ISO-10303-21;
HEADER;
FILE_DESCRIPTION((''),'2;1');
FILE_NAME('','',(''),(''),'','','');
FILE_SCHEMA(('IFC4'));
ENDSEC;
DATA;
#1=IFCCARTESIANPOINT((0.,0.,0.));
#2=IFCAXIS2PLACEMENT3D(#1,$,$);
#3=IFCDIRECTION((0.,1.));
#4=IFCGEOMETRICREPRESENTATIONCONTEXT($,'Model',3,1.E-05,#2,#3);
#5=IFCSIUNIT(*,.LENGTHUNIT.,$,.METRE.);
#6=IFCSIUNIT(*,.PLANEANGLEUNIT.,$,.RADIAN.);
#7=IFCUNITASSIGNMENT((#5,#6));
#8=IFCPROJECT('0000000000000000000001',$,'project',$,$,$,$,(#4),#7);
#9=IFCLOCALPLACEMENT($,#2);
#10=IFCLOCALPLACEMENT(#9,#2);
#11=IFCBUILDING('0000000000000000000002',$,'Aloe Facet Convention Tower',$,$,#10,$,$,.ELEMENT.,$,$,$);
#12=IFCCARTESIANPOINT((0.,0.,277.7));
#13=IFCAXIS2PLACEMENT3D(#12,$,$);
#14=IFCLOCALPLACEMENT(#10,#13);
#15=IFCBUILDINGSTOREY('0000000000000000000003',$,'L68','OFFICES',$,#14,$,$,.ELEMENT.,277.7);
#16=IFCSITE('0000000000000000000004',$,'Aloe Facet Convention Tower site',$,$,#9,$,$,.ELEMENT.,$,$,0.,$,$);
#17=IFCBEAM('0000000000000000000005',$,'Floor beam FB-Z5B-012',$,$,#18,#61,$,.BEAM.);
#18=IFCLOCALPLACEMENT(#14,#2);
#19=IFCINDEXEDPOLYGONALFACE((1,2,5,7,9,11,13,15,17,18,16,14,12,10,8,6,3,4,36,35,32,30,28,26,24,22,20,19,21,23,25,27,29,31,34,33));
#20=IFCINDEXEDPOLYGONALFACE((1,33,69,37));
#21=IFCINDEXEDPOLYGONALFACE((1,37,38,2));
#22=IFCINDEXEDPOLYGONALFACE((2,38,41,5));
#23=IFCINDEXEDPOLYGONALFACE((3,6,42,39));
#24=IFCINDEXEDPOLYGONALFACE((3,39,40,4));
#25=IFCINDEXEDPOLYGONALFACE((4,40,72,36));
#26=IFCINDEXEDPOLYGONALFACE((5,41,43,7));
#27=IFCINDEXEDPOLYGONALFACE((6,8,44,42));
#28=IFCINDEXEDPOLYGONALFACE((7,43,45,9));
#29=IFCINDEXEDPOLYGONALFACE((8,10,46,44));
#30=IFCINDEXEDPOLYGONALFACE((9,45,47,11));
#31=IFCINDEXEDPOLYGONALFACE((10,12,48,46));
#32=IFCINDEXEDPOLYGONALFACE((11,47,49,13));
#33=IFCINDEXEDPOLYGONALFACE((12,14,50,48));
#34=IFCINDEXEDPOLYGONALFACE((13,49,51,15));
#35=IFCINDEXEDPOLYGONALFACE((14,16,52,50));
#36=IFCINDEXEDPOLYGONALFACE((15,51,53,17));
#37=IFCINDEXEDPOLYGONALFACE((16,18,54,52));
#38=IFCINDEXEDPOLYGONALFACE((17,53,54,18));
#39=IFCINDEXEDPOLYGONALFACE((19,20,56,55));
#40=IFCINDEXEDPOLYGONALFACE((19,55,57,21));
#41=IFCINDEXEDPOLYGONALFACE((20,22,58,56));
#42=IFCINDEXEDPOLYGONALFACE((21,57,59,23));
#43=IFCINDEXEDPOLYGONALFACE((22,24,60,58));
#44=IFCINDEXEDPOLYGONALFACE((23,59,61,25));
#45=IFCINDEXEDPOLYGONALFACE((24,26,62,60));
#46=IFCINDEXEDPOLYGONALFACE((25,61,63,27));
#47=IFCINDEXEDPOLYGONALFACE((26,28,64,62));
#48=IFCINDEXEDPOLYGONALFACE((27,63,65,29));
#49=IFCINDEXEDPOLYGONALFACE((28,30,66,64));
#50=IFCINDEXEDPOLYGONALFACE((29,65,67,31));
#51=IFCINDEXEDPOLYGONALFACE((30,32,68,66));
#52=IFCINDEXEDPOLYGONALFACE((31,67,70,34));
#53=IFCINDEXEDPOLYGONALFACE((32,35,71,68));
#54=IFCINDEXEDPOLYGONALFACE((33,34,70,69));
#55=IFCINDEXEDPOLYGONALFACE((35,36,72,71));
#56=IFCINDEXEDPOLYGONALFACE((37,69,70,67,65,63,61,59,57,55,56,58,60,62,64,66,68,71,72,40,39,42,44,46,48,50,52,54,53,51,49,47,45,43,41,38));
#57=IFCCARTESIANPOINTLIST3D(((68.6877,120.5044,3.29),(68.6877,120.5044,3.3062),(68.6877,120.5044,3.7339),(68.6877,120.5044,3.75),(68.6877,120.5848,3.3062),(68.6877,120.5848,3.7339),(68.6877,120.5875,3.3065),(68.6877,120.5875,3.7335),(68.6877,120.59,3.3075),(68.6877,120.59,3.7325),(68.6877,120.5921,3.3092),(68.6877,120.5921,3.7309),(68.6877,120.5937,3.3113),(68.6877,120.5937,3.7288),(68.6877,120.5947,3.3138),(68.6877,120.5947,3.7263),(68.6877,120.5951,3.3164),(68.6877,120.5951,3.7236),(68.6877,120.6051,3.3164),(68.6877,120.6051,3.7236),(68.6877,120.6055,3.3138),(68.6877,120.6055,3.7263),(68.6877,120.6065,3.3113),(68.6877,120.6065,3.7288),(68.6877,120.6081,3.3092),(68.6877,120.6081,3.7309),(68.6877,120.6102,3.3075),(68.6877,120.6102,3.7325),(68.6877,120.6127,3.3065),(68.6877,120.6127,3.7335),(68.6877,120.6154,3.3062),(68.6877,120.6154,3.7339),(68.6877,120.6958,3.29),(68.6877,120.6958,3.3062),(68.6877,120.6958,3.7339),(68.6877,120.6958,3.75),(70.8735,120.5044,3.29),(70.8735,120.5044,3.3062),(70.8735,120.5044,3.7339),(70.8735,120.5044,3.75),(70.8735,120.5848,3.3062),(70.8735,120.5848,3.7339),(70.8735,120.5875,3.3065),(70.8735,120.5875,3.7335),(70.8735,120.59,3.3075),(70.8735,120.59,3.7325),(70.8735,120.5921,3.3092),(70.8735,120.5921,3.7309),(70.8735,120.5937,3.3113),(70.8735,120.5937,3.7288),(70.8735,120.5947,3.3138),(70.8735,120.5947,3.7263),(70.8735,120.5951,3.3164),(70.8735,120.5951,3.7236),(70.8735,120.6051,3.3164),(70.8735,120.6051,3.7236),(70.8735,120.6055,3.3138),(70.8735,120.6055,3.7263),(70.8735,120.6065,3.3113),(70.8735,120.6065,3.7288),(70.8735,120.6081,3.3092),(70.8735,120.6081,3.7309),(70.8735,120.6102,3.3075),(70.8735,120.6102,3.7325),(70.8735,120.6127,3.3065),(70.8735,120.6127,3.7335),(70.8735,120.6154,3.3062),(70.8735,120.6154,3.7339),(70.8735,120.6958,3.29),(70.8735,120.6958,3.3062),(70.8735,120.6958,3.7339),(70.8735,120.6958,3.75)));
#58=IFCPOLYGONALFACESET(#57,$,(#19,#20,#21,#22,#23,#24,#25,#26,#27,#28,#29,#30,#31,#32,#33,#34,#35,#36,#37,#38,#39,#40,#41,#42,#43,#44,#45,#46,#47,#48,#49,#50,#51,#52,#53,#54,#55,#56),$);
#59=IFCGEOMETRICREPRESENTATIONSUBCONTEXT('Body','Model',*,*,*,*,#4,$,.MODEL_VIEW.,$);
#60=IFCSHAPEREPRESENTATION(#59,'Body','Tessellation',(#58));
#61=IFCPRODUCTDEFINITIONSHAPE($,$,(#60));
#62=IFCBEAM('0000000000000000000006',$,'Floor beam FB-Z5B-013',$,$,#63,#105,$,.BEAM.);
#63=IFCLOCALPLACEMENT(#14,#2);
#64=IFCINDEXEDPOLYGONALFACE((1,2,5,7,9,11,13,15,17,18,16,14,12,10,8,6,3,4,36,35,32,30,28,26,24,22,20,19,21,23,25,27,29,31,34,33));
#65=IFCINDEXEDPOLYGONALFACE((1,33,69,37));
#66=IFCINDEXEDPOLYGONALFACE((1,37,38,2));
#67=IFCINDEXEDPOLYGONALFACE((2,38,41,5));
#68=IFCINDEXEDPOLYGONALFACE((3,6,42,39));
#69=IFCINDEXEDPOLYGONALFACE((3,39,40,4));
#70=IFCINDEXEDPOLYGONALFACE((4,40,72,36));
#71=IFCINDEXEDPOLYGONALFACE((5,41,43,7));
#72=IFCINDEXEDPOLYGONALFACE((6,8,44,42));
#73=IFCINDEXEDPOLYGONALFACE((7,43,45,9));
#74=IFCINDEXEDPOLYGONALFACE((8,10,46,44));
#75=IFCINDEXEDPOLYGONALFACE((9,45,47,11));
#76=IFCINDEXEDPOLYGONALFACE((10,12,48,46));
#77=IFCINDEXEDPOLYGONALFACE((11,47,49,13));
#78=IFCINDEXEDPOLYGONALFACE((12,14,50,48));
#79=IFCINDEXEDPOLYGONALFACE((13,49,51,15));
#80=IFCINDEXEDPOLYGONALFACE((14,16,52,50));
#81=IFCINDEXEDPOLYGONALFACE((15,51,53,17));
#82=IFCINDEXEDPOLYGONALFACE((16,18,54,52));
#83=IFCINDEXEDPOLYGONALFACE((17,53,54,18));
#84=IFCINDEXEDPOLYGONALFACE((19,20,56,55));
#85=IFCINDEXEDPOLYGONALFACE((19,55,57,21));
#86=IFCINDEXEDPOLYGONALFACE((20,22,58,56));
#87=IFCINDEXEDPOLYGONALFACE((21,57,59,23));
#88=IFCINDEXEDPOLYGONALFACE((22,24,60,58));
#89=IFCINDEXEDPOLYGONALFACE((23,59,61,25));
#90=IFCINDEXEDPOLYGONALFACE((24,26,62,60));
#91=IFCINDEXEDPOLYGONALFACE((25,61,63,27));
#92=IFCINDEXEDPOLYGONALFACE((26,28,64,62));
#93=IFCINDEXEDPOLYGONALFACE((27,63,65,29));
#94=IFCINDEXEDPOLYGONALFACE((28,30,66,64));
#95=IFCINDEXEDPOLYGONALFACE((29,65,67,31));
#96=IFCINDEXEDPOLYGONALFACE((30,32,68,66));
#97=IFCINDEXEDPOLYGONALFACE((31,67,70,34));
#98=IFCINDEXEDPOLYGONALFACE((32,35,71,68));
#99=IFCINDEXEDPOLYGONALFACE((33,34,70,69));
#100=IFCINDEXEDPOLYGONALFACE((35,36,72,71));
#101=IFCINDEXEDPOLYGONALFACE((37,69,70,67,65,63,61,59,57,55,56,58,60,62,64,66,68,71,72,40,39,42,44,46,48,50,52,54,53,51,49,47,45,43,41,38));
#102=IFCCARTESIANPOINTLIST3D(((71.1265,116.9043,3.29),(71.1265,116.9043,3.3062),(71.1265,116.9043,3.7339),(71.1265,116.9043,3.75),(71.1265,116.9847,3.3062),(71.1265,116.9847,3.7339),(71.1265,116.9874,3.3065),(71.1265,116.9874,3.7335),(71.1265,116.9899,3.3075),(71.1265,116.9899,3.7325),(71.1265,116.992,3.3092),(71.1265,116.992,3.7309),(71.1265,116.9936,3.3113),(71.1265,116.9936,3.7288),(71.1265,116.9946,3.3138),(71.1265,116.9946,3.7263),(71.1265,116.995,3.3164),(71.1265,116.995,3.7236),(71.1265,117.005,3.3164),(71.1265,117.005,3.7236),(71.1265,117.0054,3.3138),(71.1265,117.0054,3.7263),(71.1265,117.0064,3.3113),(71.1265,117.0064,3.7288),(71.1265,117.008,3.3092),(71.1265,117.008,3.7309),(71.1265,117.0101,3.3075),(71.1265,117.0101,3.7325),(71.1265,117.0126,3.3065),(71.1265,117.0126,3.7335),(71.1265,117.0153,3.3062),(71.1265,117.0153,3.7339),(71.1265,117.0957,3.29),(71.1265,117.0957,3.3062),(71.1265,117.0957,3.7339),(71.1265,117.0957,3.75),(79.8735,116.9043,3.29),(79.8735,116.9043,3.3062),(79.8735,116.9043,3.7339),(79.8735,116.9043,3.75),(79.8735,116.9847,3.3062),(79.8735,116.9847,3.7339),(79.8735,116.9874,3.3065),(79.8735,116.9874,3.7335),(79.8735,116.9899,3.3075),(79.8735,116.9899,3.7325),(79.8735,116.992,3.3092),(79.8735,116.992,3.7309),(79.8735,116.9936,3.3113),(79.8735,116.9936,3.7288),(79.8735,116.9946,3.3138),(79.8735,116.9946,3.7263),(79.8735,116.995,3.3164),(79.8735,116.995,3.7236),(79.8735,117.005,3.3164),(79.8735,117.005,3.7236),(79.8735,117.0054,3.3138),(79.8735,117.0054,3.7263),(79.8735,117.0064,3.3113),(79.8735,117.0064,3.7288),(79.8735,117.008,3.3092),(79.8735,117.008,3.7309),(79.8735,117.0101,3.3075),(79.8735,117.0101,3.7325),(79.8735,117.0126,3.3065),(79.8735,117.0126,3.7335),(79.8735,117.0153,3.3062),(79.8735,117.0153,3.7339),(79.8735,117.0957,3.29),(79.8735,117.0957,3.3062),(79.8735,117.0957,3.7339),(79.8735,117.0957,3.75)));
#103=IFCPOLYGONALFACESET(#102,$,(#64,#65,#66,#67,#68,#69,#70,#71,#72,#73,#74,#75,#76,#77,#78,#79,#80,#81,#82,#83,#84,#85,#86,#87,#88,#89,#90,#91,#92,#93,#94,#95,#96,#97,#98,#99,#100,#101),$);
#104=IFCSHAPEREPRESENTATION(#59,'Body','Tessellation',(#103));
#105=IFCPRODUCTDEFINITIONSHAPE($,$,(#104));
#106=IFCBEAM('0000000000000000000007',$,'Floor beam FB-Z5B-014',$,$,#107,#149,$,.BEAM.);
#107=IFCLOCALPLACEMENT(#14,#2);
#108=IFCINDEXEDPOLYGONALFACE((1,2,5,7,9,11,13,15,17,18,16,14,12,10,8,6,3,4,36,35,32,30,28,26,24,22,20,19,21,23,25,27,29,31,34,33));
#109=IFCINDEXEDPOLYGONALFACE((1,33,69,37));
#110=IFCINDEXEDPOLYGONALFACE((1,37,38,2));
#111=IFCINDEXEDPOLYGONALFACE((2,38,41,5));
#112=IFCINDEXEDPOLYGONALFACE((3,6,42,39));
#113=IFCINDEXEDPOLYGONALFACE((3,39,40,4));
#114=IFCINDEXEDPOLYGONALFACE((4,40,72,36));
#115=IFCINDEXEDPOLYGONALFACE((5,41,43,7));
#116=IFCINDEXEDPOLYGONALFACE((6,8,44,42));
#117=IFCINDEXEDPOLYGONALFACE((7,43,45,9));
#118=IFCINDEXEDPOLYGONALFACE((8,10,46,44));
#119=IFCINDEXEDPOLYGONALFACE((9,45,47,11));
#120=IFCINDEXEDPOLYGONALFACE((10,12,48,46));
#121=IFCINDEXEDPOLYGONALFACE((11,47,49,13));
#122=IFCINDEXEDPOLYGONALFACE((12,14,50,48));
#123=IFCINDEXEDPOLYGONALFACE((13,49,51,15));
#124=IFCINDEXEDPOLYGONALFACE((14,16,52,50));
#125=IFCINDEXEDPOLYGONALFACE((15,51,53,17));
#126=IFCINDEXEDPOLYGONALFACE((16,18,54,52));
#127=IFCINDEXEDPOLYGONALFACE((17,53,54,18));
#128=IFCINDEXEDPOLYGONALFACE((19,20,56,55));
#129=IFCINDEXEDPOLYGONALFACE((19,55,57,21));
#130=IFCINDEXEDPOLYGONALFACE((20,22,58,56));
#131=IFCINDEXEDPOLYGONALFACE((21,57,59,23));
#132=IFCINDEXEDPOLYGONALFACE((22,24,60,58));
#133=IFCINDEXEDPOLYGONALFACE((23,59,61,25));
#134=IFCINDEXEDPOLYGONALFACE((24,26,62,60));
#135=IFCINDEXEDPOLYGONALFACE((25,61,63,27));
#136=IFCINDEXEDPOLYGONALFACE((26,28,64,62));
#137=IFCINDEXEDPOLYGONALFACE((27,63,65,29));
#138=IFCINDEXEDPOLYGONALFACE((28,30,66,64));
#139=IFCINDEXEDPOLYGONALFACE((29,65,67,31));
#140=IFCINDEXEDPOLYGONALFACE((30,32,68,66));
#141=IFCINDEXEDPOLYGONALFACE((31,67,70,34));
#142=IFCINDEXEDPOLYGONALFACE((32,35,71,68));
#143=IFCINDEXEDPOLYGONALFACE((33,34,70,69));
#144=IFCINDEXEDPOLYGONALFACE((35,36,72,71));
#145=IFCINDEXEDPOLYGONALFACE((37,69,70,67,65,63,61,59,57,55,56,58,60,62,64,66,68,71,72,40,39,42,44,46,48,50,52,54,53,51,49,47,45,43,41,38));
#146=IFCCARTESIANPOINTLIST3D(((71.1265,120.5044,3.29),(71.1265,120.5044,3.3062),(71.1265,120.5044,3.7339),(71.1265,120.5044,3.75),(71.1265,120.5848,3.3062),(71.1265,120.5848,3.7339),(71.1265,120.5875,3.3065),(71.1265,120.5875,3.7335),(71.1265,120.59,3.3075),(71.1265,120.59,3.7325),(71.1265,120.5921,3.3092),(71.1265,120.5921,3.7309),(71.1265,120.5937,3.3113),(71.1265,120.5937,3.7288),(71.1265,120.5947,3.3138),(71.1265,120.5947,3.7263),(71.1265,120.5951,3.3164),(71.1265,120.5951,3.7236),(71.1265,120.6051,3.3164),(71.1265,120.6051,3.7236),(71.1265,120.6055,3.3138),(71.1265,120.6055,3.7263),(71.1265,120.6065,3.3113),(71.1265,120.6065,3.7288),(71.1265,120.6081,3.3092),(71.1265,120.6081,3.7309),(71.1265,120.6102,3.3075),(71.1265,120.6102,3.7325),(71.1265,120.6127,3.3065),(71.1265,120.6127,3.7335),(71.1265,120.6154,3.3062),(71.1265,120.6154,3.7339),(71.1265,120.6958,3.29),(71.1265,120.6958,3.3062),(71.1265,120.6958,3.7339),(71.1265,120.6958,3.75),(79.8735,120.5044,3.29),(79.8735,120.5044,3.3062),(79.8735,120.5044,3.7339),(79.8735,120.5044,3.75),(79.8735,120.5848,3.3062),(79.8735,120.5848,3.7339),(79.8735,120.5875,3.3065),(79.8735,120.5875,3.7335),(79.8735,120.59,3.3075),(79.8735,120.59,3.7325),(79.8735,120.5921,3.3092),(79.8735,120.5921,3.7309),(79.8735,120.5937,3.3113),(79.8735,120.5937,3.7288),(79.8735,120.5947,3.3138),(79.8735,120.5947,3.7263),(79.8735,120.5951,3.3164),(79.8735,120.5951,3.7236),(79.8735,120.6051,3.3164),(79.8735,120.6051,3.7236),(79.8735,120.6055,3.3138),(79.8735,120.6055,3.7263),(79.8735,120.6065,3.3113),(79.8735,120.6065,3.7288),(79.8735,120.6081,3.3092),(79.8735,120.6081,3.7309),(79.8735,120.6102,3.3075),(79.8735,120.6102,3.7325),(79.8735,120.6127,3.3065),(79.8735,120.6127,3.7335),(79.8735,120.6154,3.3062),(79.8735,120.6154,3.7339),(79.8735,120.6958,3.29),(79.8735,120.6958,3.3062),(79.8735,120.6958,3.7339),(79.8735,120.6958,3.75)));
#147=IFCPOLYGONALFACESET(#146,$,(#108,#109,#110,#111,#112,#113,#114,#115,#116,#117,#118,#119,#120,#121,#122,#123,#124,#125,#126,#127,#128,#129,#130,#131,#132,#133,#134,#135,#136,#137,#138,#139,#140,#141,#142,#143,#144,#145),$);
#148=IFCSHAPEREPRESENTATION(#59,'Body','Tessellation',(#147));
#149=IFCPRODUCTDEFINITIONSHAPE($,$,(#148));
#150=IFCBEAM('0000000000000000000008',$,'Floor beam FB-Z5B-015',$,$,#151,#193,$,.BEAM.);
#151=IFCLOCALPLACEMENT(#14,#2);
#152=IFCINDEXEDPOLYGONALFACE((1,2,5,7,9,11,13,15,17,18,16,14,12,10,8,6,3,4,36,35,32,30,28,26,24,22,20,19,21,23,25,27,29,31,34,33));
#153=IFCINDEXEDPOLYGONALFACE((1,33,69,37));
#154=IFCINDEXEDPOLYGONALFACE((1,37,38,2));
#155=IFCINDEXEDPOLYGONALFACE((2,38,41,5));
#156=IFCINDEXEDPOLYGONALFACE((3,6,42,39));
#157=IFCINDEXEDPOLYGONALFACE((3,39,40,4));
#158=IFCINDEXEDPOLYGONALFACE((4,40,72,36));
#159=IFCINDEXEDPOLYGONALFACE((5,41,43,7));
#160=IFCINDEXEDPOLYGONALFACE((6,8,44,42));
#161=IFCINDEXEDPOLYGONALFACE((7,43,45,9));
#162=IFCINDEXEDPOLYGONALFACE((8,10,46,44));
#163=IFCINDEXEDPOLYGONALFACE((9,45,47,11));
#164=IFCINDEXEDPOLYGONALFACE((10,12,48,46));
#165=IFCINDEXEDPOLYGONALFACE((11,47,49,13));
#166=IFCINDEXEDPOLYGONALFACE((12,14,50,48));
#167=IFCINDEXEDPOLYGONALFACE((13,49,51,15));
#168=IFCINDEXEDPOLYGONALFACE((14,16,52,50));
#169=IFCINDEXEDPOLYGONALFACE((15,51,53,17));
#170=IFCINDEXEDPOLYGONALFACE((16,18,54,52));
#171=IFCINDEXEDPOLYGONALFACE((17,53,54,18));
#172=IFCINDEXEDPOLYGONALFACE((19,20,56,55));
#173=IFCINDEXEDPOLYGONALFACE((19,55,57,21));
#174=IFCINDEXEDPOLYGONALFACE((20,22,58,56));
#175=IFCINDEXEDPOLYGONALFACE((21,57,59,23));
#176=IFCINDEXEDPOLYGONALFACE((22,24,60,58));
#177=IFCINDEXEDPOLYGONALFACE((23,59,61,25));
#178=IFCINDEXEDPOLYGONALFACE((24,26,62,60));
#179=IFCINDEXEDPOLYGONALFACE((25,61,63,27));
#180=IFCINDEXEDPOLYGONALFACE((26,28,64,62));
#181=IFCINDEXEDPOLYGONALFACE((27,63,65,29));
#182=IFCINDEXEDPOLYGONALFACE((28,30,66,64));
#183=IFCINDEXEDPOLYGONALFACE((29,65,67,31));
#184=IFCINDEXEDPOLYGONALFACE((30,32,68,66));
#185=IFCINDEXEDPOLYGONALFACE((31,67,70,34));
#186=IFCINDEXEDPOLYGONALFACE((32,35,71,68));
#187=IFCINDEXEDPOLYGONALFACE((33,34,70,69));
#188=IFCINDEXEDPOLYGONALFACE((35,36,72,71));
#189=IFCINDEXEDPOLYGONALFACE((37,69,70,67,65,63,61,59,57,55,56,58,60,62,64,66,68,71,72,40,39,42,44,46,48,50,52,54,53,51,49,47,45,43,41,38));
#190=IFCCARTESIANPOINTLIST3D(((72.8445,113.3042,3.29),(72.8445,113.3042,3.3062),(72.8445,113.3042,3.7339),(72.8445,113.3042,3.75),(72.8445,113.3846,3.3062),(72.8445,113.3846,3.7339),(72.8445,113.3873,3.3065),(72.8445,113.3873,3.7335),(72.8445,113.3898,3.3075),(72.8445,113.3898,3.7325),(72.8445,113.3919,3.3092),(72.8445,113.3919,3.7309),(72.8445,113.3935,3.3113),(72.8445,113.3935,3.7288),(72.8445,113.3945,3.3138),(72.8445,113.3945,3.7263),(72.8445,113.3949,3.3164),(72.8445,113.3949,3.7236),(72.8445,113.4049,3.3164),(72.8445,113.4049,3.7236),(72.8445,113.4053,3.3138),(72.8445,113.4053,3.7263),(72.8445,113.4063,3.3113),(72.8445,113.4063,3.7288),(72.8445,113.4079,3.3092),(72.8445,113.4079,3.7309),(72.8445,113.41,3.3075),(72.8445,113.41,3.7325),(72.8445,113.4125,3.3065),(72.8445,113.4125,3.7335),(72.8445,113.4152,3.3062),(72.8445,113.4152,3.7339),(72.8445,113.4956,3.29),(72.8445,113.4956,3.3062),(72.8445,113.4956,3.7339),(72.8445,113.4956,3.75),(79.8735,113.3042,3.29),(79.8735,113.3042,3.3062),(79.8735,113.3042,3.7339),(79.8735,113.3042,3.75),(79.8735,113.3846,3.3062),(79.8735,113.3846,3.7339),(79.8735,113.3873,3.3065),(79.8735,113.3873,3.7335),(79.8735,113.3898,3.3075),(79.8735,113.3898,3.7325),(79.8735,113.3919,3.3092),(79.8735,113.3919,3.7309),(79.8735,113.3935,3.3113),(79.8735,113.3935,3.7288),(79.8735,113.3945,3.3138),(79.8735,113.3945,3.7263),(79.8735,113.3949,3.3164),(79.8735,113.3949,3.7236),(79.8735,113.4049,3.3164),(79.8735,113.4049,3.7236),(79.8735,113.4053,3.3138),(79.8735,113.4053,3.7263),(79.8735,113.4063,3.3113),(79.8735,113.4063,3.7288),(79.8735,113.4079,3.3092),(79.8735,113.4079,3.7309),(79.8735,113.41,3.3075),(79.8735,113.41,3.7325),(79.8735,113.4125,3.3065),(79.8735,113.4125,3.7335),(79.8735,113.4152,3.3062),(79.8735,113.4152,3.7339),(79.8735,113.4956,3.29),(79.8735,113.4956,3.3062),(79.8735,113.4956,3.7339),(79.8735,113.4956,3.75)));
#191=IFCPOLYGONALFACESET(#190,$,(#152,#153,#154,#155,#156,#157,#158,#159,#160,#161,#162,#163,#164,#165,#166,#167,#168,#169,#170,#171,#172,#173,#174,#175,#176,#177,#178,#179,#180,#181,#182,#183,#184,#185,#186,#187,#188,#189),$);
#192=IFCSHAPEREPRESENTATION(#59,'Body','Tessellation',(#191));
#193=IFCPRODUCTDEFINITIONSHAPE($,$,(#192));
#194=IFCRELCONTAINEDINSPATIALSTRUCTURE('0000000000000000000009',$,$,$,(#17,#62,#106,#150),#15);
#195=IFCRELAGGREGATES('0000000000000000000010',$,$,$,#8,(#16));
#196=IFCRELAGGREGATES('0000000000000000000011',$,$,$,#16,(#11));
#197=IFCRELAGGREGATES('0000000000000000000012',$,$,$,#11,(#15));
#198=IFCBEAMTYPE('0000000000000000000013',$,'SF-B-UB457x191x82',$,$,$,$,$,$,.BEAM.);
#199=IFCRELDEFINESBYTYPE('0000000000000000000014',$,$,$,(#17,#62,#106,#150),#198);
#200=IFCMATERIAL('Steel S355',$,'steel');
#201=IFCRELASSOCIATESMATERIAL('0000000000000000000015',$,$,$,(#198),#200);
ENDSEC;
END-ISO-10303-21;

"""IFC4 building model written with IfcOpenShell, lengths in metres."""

from ifc_helpers import new_model, si_unit, direction, frame, origin, origin_2d, place, context, subcontext, project, spatial, i_section, extrude, material, material_profile, profile_set, type_object, element, save


model = new_model("IFC4")

# Units and contexts
model_context = context("Model", 3, precision=1e-05, world=origin(), true_north=direction((0.0, 1.0)))
body_context = subcontext(model_context, "Body", "Model", "MODEL_VIEW")
ifc_project = project(units=[si_unit("LENGTHUNIT", "METRE"), si_unit("PLANEANGLEUNIT", "RADIAN")], contexts=[model_context])

# Site, building, storey
site_placement = place(None, origin())
site = spatial("IfcSite", under=ifc_project, at=site_placement, Name="Aloe Facet Convention Tower site", CompositionType="ELEMENT", RefElevation=0.0)
building_placement = place(site_placement, origin())
building = spatial("IfcBuilding", under=site, at=building_placement, Name="Aloe Facet Convention Tower", CompositionType="ELEMENT")
storey_placement = place(building_placement, frame((0.0, 0.0, 277.7)))
storey = spatial("IfcBuildingStorey", under=building, at=storey_placement, Name="L68", Description="OFFICES", CompositionType="ELEMENT", Elevation=277.7)

# Beams
ifc_material_1 = material(Name="Steel S355", Category="steel")
ifc_material_profile_1 = material_profile(ifc_material_1, i_section(OverallWidth=0.1914, OverallDepth=0.46, WebThickness=0.01, FlangeThickness=0.0161, FilletRadius=0.0103, at=origin_2d()), Name="UB 457x191x82")
ifc_profile_set_1 = profile_set([ifc_material_profile_1], Name="Steel S355")
beam_type_1 = type_object("IfcBeamType", Name="SF-B-UB457x191x82", PredefinedType="BEAM", material=ifc_profile_set_1)
beam_1_placement = place(storey_placement, frame((68.6877, 120.6001, 3.52), z_axis=(1.0, 0.0, 0.0), x_axis=(0.0, 1.0, 0.0)))
element("IfcBeam", 1, at=beam_1_placement, inside=storey, type_object=beam_type_1, Name="Floor beam FB-Z5B-012", PredefinedType="BEAM", context=body_context, shape_type="SweptSolid", body=[
    extrude(i_section(OverallWidth=0.1914, OverallDepth=0.46, WebThickness=0.01, FlangeThickness=0.0161, FilletRadius=0.0103, at=origin_2d()), origin(), (0.0, 0.0, 1.0), 2.1858),
])
for number, where, z_axis, x_axis, name in (
    (2, (71.1265, 117.0, 3.52), (1.0, 0.0, 0.0), (0.0, 1.0, 0.0), "Floor beam FB-Z5B-013"),
    (3, (71.1265, 120.6001, 3.52), (1.0, 0.0, 0.0), (0.0, 1.0, 0.0), "Floor beam FB-Z5B-014"),
):
    element("IfcBeam", number, at=place(storey_placement, frame(where, z_axis=z_axis, x_axis=x_axis)), inside=storey, type_object=beam_type_1, Name=name, PredefinedType="BEAM", context=body_context, shape_type="SweptSolid", body=[
        extrude(i_section(OverallWidth=0.1914, OverallDepth=0.46, WebThickness=0.01, FlangeThickness=0.0161, FilletRadius=0.0103, at=origin_2d()), origin(), (0.0, 0.0, 1.0), 8.7471),
    ])
for number, where, z_axis, x_axis, name in (
    (4, (72.8445, 113.3999, 3.52), (1.0, 0.0, 0.0), (0.0, 1.0, 0.0), "Floor beam FB-Z5B-015"),
):
    element("IfcBeam", number, at=place(storey_placement, frame(where, z_axis=z_axis, x_axis=x_axis)), inside=storey, type_object=beam_type_1, Name=name, PredefinedType="BEAM", context=body_context, shape_type="SweptSolid", body=[
        extrude(i_section(OverallWidth=0.1914, OverallDepth=0.46, WebThickness=0.01, FlangeThickness=0.0161, FilletRadius=0.0103, at=origin_2d()), origin(), (0.0, 0.0, 1.0), 7.0291),
    ])

save(model, "model.ifc")
